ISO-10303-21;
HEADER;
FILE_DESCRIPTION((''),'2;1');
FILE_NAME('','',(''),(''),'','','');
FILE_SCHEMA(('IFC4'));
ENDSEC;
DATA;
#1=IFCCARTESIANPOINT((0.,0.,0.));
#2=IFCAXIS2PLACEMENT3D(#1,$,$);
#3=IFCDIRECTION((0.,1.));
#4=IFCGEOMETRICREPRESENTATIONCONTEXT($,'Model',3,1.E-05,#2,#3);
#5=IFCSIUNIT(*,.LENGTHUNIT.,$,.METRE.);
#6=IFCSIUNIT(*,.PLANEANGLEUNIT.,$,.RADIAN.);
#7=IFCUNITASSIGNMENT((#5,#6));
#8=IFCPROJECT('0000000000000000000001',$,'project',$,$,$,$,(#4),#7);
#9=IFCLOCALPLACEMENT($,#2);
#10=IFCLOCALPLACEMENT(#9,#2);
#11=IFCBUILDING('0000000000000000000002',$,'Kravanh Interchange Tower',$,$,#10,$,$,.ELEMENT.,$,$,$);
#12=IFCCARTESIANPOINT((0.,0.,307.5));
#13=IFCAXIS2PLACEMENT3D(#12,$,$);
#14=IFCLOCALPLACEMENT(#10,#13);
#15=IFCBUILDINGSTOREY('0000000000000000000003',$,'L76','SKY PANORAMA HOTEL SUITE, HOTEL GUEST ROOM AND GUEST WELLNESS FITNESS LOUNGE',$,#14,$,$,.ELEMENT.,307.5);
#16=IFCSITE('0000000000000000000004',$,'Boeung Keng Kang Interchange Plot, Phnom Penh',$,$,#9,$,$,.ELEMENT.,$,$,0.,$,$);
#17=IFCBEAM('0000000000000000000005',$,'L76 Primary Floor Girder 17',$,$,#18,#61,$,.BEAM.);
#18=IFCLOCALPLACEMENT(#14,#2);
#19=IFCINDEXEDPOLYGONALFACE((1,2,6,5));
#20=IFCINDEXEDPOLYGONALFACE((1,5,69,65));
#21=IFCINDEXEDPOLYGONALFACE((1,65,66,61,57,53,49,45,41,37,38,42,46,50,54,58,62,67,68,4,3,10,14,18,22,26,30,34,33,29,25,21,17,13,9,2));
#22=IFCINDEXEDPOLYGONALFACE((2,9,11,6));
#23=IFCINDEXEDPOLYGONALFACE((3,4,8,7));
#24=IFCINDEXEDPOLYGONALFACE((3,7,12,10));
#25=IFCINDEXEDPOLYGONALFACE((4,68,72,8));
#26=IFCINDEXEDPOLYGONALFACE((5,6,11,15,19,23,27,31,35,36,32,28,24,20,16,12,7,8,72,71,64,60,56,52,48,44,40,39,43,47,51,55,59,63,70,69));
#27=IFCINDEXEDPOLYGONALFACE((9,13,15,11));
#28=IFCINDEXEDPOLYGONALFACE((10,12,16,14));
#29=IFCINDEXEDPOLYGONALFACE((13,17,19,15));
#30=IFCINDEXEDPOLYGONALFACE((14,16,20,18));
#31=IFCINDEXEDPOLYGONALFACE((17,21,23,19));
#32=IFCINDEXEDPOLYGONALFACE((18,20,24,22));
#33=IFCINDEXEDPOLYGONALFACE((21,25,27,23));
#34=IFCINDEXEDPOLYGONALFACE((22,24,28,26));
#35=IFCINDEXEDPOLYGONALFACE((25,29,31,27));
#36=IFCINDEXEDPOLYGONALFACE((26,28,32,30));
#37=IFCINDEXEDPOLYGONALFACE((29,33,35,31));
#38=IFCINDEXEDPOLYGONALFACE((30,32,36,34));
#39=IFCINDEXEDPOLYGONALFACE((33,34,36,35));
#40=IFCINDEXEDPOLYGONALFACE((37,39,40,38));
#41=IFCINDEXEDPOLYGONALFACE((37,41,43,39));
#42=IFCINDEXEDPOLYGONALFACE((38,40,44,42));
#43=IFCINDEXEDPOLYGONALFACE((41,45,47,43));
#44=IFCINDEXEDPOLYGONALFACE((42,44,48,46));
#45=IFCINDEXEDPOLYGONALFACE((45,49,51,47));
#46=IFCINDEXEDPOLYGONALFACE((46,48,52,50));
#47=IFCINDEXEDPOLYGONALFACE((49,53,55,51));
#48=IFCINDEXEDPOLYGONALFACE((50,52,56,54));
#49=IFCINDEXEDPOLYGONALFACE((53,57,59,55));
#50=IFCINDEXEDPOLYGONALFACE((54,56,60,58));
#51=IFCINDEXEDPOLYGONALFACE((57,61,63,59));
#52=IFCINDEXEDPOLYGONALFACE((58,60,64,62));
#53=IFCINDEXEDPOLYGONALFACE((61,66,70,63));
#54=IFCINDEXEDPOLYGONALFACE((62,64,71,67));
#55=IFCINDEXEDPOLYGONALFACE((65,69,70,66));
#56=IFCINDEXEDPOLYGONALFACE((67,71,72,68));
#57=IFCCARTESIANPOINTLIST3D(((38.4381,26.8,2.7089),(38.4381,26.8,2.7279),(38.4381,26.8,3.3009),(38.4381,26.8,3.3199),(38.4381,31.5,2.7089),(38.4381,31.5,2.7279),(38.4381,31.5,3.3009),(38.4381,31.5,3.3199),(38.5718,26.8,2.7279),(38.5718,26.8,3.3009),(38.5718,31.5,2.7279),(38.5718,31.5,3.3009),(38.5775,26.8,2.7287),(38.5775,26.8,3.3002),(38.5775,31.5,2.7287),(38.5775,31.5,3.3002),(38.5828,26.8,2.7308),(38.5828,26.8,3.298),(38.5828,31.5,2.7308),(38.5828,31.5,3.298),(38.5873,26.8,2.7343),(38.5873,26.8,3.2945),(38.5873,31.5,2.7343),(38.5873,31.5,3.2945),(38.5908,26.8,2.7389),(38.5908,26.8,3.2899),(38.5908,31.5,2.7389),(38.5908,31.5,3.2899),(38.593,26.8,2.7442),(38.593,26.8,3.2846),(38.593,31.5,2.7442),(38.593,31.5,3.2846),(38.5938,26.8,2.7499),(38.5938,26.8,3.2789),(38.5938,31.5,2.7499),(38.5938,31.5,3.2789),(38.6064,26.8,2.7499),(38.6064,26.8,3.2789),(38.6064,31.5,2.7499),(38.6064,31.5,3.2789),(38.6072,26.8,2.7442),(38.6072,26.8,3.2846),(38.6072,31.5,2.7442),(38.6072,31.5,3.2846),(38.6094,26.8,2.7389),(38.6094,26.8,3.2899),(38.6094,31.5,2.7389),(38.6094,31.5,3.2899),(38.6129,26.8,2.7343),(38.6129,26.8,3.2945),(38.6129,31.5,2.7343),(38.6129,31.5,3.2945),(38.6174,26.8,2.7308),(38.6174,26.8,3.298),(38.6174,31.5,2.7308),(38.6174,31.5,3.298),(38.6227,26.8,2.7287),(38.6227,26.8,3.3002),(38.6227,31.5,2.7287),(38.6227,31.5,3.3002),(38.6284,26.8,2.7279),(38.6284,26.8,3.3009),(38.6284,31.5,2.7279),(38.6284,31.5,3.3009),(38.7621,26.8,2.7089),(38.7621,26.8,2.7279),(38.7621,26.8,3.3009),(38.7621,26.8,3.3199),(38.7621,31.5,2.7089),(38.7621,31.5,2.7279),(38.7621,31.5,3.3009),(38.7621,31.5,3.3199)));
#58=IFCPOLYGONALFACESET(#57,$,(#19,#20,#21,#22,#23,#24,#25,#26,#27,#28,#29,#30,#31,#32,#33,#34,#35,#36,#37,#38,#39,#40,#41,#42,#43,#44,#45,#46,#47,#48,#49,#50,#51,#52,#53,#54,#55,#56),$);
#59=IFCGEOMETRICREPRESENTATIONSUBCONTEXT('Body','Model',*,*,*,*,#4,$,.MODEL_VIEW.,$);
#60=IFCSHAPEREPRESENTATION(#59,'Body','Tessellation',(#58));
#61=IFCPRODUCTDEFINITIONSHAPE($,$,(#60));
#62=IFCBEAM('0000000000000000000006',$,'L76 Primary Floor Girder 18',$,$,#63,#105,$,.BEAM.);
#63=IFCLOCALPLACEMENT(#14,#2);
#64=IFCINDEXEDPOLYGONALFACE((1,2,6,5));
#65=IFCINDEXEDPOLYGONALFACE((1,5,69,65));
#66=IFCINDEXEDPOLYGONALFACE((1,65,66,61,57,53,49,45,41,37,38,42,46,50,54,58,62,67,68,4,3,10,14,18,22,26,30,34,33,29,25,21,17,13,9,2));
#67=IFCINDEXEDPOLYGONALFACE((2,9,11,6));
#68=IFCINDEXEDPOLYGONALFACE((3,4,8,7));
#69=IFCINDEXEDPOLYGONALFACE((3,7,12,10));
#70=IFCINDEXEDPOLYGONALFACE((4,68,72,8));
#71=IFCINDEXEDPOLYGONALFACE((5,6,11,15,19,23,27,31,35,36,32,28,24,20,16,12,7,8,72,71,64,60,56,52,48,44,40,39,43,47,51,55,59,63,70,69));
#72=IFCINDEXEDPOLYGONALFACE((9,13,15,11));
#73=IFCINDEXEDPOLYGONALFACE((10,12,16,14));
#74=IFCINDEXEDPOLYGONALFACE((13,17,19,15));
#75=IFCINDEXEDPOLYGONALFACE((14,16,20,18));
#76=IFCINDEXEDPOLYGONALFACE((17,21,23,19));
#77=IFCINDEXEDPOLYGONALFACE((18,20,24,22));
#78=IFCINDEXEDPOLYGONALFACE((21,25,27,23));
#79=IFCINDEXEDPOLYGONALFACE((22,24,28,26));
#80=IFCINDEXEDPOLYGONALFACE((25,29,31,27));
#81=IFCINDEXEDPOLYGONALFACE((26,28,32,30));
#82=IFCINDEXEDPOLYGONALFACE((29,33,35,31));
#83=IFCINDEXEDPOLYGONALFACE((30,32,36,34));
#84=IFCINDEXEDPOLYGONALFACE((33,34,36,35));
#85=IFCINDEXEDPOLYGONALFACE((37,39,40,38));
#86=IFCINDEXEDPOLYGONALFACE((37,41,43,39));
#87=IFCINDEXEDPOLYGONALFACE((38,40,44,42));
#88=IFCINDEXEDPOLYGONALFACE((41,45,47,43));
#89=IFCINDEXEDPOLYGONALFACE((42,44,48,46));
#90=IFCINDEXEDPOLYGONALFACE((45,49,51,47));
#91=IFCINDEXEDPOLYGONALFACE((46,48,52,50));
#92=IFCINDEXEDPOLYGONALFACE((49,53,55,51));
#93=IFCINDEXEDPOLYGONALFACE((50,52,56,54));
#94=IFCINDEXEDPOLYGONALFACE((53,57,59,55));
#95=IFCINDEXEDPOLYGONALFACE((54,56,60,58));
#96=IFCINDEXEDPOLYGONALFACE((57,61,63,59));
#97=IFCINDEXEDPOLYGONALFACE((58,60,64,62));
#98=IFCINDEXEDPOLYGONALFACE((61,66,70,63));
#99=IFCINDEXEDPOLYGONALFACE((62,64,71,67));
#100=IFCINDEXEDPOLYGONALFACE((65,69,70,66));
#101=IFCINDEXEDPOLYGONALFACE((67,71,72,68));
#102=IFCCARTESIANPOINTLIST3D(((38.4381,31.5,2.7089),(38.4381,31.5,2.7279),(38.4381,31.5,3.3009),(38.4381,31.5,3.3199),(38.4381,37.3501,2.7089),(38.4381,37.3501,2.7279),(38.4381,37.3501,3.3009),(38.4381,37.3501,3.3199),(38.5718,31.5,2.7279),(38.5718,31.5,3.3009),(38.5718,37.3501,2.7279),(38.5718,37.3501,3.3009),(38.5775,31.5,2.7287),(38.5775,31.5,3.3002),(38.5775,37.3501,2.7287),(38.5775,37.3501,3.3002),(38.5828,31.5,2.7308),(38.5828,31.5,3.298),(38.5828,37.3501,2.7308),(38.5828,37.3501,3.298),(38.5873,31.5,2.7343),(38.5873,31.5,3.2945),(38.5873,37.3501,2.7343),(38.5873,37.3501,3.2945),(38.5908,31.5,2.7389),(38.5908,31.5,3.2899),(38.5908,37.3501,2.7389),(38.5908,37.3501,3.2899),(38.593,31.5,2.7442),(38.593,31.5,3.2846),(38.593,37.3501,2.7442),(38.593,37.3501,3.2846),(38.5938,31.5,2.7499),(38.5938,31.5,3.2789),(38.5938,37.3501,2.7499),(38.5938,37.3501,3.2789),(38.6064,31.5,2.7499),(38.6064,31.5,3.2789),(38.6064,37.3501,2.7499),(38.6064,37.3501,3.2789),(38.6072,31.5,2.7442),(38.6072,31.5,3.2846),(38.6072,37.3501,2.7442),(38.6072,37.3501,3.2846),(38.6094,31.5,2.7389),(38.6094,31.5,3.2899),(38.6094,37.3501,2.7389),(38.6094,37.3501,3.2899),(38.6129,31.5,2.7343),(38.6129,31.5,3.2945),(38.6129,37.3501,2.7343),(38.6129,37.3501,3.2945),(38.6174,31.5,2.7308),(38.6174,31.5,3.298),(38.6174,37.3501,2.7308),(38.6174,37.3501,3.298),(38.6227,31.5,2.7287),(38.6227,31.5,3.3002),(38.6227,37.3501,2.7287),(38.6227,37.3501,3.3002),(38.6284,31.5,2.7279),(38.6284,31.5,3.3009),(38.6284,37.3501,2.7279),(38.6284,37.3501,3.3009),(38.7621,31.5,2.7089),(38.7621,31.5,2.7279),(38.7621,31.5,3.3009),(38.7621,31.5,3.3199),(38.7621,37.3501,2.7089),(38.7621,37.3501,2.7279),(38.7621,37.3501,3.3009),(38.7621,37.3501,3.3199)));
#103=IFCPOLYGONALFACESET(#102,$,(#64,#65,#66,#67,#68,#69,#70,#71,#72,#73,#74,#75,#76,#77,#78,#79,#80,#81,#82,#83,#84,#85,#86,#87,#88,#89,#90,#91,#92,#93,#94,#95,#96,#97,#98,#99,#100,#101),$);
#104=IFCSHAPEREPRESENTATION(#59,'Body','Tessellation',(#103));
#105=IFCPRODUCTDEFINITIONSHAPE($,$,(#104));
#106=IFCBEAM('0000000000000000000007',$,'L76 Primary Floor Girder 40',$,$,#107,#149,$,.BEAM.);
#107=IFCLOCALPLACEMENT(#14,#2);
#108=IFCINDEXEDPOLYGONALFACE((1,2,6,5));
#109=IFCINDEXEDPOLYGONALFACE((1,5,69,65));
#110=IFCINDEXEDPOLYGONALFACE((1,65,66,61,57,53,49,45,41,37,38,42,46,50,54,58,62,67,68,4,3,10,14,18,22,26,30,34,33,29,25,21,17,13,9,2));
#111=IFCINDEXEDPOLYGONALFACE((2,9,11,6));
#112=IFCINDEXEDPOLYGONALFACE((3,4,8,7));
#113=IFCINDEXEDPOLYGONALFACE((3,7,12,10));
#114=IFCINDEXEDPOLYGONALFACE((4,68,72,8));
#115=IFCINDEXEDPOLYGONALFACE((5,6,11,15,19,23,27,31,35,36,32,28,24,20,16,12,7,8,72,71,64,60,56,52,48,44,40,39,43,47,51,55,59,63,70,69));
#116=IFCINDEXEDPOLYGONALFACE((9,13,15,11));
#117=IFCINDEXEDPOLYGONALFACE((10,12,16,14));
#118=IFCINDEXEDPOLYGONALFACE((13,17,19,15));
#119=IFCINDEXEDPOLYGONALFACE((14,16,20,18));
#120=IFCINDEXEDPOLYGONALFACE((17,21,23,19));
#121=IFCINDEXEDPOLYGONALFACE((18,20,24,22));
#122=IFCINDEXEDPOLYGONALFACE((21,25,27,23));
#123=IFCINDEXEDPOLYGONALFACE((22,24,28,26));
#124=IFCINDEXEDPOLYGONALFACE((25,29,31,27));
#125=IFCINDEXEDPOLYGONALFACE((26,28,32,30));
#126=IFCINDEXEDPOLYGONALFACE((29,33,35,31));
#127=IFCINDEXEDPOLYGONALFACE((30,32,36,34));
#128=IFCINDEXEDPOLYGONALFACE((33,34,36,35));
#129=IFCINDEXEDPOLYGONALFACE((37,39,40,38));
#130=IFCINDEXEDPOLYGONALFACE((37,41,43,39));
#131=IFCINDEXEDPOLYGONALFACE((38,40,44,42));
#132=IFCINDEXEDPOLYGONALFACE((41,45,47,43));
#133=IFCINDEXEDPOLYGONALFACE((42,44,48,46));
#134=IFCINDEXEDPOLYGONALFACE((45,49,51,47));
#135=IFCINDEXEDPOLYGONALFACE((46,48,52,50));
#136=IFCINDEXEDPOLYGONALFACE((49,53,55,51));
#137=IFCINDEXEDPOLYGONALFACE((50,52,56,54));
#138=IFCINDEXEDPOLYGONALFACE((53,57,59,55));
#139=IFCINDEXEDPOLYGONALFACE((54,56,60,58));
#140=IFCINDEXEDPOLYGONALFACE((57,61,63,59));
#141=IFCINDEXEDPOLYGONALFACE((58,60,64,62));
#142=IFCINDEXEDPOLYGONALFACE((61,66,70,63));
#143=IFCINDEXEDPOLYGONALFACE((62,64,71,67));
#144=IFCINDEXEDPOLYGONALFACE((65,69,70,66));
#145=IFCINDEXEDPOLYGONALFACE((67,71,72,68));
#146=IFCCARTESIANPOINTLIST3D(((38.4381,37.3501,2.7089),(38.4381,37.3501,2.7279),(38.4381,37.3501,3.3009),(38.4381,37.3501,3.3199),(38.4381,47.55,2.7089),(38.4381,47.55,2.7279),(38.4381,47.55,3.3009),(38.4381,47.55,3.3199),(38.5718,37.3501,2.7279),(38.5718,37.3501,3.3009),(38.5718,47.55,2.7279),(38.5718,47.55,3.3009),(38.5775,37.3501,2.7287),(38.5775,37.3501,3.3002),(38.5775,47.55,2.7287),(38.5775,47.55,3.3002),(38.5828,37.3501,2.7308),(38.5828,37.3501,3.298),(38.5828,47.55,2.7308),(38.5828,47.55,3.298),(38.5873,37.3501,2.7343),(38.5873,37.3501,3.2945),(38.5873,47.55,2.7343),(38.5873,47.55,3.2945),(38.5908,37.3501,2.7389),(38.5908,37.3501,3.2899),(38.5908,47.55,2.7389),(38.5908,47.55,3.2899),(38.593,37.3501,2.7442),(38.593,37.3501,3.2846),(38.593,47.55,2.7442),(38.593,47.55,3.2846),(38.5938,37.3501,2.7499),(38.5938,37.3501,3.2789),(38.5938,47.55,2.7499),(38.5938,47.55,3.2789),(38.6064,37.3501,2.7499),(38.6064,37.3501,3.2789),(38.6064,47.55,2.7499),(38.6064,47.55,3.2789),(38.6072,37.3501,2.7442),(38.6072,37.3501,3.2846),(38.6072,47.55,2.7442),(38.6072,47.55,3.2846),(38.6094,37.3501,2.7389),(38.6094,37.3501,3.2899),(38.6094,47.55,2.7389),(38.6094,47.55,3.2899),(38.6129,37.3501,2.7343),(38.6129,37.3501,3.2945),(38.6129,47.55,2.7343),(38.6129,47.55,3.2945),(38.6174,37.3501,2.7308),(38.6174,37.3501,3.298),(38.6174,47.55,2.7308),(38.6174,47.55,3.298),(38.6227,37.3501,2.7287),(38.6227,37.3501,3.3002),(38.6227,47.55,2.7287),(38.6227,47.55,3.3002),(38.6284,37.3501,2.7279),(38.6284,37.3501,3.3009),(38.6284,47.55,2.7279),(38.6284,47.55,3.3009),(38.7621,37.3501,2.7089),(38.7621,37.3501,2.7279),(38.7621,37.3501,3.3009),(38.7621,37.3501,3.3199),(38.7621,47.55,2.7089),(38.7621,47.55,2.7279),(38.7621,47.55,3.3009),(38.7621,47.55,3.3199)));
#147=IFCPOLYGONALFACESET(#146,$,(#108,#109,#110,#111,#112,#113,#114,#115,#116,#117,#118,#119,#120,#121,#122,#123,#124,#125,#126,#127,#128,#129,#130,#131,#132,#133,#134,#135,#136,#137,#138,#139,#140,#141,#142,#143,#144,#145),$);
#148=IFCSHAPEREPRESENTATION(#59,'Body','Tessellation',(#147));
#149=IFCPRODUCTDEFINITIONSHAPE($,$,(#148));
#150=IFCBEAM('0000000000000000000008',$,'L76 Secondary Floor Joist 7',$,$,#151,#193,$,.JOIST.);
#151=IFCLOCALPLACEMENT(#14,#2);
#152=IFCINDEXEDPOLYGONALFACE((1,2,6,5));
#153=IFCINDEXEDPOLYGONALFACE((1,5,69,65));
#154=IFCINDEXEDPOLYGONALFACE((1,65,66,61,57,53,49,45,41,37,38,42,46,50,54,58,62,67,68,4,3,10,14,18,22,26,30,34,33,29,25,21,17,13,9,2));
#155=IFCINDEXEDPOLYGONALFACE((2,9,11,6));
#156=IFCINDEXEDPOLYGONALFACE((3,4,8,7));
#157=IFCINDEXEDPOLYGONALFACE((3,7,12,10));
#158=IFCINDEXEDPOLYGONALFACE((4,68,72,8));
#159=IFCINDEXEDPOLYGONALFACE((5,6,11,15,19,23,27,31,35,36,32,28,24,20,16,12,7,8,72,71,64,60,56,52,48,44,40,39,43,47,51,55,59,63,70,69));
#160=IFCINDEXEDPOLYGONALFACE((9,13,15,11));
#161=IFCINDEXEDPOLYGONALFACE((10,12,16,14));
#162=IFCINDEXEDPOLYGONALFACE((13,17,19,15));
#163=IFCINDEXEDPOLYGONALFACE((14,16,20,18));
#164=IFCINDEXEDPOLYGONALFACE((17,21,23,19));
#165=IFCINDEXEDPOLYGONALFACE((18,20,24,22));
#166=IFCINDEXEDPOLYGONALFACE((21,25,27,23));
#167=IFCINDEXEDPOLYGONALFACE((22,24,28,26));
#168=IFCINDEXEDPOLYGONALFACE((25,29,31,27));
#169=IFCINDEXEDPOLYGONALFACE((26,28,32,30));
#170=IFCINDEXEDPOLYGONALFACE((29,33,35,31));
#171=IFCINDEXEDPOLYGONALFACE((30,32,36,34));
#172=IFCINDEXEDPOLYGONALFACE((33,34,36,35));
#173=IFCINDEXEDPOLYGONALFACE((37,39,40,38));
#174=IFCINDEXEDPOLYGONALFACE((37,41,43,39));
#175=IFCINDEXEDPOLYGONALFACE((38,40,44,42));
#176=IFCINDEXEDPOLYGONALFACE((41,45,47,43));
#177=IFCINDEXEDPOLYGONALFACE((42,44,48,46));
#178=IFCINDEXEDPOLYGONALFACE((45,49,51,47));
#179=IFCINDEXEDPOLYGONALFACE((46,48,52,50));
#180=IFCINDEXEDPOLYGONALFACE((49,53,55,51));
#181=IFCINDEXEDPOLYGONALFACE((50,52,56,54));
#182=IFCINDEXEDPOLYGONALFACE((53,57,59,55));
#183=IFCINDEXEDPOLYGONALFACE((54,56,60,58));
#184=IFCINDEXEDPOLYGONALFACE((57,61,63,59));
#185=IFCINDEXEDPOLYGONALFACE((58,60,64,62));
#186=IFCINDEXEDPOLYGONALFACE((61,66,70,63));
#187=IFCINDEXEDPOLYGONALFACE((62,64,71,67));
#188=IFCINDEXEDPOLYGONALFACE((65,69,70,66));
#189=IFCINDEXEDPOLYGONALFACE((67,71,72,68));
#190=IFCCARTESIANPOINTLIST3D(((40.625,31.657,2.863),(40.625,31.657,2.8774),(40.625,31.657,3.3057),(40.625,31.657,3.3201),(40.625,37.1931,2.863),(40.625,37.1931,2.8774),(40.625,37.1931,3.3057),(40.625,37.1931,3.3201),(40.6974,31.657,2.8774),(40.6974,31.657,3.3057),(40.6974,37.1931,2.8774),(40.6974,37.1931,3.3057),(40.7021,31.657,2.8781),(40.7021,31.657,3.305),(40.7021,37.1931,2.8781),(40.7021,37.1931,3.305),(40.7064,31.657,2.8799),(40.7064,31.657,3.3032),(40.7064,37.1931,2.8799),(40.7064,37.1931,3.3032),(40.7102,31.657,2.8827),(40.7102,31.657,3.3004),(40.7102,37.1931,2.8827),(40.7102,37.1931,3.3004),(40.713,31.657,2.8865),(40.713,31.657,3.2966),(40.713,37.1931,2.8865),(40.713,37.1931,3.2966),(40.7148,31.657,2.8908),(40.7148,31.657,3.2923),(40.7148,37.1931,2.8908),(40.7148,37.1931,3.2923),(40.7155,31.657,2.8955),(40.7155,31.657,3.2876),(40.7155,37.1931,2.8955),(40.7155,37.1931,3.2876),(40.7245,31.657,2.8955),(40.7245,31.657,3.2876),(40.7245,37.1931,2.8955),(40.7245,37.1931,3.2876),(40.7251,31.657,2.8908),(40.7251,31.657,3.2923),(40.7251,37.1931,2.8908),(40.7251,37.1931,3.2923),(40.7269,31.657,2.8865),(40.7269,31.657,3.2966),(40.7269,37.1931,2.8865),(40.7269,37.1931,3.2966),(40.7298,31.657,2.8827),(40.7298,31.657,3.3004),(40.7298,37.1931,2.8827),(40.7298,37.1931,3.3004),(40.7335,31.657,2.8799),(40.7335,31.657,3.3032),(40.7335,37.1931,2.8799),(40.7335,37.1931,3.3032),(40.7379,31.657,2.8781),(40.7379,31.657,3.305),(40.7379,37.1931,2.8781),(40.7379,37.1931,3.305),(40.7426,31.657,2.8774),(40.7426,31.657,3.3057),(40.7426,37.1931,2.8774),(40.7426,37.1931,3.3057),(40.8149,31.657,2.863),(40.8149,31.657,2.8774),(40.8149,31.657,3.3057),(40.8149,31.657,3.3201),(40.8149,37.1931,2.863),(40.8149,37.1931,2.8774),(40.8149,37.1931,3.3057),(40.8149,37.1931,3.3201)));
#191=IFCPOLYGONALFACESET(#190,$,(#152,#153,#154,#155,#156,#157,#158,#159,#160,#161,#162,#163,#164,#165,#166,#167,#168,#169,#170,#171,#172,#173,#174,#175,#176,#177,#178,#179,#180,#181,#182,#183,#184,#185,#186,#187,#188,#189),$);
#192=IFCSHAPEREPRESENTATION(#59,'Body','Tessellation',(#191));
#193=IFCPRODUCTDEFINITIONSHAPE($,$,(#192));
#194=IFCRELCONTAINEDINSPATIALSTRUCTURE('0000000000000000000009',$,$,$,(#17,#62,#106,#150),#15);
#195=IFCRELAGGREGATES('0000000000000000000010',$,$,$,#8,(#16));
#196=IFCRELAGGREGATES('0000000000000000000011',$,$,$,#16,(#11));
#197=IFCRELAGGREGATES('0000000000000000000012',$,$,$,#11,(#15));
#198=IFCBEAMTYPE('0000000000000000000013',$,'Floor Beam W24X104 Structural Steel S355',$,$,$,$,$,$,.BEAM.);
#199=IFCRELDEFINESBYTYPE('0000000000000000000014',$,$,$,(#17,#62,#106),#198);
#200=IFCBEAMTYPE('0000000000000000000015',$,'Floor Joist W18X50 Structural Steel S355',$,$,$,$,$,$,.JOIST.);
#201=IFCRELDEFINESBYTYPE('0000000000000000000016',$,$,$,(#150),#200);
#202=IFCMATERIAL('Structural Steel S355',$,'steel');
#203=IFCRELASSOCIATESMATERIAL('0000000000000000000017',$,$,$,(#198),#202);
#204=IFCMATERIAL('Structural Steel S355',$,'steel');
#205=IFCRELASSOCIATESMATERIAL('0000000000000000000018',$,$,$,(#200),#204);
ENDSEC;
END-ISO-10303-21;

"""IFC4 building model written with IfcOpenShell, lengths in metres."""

from ifc_helpers import new_model, si_unit, direction, frame, origin, origin_2d, place, context, subcontext, project, spatial, i_section, extrude, material, material_profile, profile_set, type_object, element, save


model = new_model("IFC4")

# Units and contexts
model_context = context("Model", 3, precision=1e-05, world=origin(), true_north=direction((0.0, 1.0)))
body_context = subcontext(model_context, "Body", "Model", "MODEL_VIEW")
ifc_project = project(units=[si_unit("LENGTHUNIT", "METRE"), si_unit("PLANEANGLEUNIT", "RADIAN")], contexts=[model_context])

# Site, building, storey
site_placement = place(None, origin())
site = spatial("IfcSite", under=ifc_project, at=site_placement, Name="Boeung Keng Kang Interchange Plot, Phnom Penh", CompositionType="ELEMENT", RefElevation=0.0)
building_placement = place(site_placement, origin())
building = spatial("IfcBuilding", under=site, at=building_placement, Name="Kravanh Interchange Tower", CompositionType="ELEMENT")
storey_placement = place(building_placement, frame((0.0, 0.0, 307.5)))
storey = spatial("IfcBuildingStorey", under=building, at=storey_placement, Name="L76", Description="SKY PANORAMA HOTEL SUITE, HOTEL GUEST ROOM AND GUEST WELLNESS FITNESS LOUNGE", CompositionType="ELEMENT", Elevation=307.5)

# Beams
ifc_material_1 = material(Name="Structural Steel S355", Category="steel")
ifc_material_profile_1 = material_profile(ifc_material_1, i_section(OverallWidth=0.324, OverallDepth=0.6111, WebThickness=0.0127, FlangeThickness=0.019, FilletRadius=0.022, at=origin_2d()), Name="W24X104")
ifc_profile_set_1 = profile_set([ifc_material_profile_1], Name="Structural Steel S355")
beam_type_1 = type_object("IfcBeamType", Name="Floor Beam W24X104 Structural Steel S355", PredefinedType="BEAM", material=ifc_profile_set_1)
beam_1_placement = place(storey_placement, frame((38.6001, 31.5, 3.0144), z_axis=(0.0, -1.0, 0.0), x_axis=(1.0, 0.0, 0.0)))
element("IfcBeam", 1, at=beam_1_placement, inside=storey, type_object=beam_type_1, Name="L76 Primary Floor Girder 17", PredefinedType="BEAM", context=body_context, shape_type="SweptSolid", body=[
    extrude(i_section(OverallWidth=0.324, OverallDepth=0.6111, WebThickness=0.0127, FlangeThickness=0.019, FilletRadius=0.022, at=origin_2d()), origin(), (0.0, 0.0, 1.0), 4.7),
])
beam_2_placement = place(storey_placement, frame((38.6001, 31.5, 3.0144), z_axis=(0.0, 1.0, 0.0), x_axis=(-1.0, 0.0, 0.0)))
element("IfcBeam", 2, at=beam_2_placement, inside=storey, type_object=beam_type_1, Name="L76 Primary Floor Girder 18", PredefinedType="BEAM", context=body_context, shape_type="SweptSolid", body=[
    extrude(i_section(OverallWidth=0.324, OverallDepth=0.6111, WebThickness=0.0127, FlangeThickness=0.019, FilletRadius=0.022, at=origin_2d()), origin(), (0.0, 0.0, 1.0), 5.8501),
])
beam_3_placement = place(storey_placement, frame((38.6001, 37.3501, 3.0144), z_axis=(0.0, 1.0, 0.0), x_axis=(-1.0, 0.0, 0.0)))
element("IfcBeam", 3, at=beam_3_placement, inside=storey, type_object=beam_type_1, Name="L76 Primary Floor Girder 40", PredefinedType="BEAM", context=body_context, shape_type="SweptSolid", body=[
    extrude(i_section(OverallWidth=0.324, OverallDepth=0.6111, WebThickness=0.0127, FlangeThickness=0.019, FilletRadius=0.022, at=origin_2d()), origin(), (0.0, 0.0, 1.0), 10.2),
])
ifc_material_2 = material(Name="Structural Steel S355", Category="steel")
ifc_material_profile_2 = material_profile(ifc_material_2, i_section(OverallWidth=0.1899, OverallDepth=0.457, WebThickness=0.009, FlangeThickness=0.0144, FilletRadius=0.0181, at=origin_2d()), Name="W18X50")
ifc_profile_set_2 = profile_set([ifc_material_profile_2], Name="Structural Steel S355")
beam_type_2 = type_object("IfcBeamType", Name="Floor Joist W18X50 Structural Steel S355", PredefinedType="JOIST", material=ifc_profile_set_2)
for number, where, z_axis, x_axis, name in (
    (4, (40.72, 31.657, 3.0916), (0.0, 1.0, 0.0), (-1.0, 0.0, 0.0), "L76 Secondary Floor Joist 7"),
):
    element("IfcBeam", number, at=place(storey_placement, frame(where, z_axis=z_axis, x_axis=x_axis)), inside=storey, type_object=beam_type_2, Name=name, PredefinedType="JOIST", context=body_context, shape_type="SweptSolid", body=[
        extrude(i_section(OverallWidth=0.1899, OverallDepth=0.457, WebThickness=0.009, FlangeThickness=0.0144, FilletRadius=0.0181, at=origin_2d()), origin(), (0.0, 0.0, 1.0), 5.5361),
    ])

save(model, "model.ifc")
